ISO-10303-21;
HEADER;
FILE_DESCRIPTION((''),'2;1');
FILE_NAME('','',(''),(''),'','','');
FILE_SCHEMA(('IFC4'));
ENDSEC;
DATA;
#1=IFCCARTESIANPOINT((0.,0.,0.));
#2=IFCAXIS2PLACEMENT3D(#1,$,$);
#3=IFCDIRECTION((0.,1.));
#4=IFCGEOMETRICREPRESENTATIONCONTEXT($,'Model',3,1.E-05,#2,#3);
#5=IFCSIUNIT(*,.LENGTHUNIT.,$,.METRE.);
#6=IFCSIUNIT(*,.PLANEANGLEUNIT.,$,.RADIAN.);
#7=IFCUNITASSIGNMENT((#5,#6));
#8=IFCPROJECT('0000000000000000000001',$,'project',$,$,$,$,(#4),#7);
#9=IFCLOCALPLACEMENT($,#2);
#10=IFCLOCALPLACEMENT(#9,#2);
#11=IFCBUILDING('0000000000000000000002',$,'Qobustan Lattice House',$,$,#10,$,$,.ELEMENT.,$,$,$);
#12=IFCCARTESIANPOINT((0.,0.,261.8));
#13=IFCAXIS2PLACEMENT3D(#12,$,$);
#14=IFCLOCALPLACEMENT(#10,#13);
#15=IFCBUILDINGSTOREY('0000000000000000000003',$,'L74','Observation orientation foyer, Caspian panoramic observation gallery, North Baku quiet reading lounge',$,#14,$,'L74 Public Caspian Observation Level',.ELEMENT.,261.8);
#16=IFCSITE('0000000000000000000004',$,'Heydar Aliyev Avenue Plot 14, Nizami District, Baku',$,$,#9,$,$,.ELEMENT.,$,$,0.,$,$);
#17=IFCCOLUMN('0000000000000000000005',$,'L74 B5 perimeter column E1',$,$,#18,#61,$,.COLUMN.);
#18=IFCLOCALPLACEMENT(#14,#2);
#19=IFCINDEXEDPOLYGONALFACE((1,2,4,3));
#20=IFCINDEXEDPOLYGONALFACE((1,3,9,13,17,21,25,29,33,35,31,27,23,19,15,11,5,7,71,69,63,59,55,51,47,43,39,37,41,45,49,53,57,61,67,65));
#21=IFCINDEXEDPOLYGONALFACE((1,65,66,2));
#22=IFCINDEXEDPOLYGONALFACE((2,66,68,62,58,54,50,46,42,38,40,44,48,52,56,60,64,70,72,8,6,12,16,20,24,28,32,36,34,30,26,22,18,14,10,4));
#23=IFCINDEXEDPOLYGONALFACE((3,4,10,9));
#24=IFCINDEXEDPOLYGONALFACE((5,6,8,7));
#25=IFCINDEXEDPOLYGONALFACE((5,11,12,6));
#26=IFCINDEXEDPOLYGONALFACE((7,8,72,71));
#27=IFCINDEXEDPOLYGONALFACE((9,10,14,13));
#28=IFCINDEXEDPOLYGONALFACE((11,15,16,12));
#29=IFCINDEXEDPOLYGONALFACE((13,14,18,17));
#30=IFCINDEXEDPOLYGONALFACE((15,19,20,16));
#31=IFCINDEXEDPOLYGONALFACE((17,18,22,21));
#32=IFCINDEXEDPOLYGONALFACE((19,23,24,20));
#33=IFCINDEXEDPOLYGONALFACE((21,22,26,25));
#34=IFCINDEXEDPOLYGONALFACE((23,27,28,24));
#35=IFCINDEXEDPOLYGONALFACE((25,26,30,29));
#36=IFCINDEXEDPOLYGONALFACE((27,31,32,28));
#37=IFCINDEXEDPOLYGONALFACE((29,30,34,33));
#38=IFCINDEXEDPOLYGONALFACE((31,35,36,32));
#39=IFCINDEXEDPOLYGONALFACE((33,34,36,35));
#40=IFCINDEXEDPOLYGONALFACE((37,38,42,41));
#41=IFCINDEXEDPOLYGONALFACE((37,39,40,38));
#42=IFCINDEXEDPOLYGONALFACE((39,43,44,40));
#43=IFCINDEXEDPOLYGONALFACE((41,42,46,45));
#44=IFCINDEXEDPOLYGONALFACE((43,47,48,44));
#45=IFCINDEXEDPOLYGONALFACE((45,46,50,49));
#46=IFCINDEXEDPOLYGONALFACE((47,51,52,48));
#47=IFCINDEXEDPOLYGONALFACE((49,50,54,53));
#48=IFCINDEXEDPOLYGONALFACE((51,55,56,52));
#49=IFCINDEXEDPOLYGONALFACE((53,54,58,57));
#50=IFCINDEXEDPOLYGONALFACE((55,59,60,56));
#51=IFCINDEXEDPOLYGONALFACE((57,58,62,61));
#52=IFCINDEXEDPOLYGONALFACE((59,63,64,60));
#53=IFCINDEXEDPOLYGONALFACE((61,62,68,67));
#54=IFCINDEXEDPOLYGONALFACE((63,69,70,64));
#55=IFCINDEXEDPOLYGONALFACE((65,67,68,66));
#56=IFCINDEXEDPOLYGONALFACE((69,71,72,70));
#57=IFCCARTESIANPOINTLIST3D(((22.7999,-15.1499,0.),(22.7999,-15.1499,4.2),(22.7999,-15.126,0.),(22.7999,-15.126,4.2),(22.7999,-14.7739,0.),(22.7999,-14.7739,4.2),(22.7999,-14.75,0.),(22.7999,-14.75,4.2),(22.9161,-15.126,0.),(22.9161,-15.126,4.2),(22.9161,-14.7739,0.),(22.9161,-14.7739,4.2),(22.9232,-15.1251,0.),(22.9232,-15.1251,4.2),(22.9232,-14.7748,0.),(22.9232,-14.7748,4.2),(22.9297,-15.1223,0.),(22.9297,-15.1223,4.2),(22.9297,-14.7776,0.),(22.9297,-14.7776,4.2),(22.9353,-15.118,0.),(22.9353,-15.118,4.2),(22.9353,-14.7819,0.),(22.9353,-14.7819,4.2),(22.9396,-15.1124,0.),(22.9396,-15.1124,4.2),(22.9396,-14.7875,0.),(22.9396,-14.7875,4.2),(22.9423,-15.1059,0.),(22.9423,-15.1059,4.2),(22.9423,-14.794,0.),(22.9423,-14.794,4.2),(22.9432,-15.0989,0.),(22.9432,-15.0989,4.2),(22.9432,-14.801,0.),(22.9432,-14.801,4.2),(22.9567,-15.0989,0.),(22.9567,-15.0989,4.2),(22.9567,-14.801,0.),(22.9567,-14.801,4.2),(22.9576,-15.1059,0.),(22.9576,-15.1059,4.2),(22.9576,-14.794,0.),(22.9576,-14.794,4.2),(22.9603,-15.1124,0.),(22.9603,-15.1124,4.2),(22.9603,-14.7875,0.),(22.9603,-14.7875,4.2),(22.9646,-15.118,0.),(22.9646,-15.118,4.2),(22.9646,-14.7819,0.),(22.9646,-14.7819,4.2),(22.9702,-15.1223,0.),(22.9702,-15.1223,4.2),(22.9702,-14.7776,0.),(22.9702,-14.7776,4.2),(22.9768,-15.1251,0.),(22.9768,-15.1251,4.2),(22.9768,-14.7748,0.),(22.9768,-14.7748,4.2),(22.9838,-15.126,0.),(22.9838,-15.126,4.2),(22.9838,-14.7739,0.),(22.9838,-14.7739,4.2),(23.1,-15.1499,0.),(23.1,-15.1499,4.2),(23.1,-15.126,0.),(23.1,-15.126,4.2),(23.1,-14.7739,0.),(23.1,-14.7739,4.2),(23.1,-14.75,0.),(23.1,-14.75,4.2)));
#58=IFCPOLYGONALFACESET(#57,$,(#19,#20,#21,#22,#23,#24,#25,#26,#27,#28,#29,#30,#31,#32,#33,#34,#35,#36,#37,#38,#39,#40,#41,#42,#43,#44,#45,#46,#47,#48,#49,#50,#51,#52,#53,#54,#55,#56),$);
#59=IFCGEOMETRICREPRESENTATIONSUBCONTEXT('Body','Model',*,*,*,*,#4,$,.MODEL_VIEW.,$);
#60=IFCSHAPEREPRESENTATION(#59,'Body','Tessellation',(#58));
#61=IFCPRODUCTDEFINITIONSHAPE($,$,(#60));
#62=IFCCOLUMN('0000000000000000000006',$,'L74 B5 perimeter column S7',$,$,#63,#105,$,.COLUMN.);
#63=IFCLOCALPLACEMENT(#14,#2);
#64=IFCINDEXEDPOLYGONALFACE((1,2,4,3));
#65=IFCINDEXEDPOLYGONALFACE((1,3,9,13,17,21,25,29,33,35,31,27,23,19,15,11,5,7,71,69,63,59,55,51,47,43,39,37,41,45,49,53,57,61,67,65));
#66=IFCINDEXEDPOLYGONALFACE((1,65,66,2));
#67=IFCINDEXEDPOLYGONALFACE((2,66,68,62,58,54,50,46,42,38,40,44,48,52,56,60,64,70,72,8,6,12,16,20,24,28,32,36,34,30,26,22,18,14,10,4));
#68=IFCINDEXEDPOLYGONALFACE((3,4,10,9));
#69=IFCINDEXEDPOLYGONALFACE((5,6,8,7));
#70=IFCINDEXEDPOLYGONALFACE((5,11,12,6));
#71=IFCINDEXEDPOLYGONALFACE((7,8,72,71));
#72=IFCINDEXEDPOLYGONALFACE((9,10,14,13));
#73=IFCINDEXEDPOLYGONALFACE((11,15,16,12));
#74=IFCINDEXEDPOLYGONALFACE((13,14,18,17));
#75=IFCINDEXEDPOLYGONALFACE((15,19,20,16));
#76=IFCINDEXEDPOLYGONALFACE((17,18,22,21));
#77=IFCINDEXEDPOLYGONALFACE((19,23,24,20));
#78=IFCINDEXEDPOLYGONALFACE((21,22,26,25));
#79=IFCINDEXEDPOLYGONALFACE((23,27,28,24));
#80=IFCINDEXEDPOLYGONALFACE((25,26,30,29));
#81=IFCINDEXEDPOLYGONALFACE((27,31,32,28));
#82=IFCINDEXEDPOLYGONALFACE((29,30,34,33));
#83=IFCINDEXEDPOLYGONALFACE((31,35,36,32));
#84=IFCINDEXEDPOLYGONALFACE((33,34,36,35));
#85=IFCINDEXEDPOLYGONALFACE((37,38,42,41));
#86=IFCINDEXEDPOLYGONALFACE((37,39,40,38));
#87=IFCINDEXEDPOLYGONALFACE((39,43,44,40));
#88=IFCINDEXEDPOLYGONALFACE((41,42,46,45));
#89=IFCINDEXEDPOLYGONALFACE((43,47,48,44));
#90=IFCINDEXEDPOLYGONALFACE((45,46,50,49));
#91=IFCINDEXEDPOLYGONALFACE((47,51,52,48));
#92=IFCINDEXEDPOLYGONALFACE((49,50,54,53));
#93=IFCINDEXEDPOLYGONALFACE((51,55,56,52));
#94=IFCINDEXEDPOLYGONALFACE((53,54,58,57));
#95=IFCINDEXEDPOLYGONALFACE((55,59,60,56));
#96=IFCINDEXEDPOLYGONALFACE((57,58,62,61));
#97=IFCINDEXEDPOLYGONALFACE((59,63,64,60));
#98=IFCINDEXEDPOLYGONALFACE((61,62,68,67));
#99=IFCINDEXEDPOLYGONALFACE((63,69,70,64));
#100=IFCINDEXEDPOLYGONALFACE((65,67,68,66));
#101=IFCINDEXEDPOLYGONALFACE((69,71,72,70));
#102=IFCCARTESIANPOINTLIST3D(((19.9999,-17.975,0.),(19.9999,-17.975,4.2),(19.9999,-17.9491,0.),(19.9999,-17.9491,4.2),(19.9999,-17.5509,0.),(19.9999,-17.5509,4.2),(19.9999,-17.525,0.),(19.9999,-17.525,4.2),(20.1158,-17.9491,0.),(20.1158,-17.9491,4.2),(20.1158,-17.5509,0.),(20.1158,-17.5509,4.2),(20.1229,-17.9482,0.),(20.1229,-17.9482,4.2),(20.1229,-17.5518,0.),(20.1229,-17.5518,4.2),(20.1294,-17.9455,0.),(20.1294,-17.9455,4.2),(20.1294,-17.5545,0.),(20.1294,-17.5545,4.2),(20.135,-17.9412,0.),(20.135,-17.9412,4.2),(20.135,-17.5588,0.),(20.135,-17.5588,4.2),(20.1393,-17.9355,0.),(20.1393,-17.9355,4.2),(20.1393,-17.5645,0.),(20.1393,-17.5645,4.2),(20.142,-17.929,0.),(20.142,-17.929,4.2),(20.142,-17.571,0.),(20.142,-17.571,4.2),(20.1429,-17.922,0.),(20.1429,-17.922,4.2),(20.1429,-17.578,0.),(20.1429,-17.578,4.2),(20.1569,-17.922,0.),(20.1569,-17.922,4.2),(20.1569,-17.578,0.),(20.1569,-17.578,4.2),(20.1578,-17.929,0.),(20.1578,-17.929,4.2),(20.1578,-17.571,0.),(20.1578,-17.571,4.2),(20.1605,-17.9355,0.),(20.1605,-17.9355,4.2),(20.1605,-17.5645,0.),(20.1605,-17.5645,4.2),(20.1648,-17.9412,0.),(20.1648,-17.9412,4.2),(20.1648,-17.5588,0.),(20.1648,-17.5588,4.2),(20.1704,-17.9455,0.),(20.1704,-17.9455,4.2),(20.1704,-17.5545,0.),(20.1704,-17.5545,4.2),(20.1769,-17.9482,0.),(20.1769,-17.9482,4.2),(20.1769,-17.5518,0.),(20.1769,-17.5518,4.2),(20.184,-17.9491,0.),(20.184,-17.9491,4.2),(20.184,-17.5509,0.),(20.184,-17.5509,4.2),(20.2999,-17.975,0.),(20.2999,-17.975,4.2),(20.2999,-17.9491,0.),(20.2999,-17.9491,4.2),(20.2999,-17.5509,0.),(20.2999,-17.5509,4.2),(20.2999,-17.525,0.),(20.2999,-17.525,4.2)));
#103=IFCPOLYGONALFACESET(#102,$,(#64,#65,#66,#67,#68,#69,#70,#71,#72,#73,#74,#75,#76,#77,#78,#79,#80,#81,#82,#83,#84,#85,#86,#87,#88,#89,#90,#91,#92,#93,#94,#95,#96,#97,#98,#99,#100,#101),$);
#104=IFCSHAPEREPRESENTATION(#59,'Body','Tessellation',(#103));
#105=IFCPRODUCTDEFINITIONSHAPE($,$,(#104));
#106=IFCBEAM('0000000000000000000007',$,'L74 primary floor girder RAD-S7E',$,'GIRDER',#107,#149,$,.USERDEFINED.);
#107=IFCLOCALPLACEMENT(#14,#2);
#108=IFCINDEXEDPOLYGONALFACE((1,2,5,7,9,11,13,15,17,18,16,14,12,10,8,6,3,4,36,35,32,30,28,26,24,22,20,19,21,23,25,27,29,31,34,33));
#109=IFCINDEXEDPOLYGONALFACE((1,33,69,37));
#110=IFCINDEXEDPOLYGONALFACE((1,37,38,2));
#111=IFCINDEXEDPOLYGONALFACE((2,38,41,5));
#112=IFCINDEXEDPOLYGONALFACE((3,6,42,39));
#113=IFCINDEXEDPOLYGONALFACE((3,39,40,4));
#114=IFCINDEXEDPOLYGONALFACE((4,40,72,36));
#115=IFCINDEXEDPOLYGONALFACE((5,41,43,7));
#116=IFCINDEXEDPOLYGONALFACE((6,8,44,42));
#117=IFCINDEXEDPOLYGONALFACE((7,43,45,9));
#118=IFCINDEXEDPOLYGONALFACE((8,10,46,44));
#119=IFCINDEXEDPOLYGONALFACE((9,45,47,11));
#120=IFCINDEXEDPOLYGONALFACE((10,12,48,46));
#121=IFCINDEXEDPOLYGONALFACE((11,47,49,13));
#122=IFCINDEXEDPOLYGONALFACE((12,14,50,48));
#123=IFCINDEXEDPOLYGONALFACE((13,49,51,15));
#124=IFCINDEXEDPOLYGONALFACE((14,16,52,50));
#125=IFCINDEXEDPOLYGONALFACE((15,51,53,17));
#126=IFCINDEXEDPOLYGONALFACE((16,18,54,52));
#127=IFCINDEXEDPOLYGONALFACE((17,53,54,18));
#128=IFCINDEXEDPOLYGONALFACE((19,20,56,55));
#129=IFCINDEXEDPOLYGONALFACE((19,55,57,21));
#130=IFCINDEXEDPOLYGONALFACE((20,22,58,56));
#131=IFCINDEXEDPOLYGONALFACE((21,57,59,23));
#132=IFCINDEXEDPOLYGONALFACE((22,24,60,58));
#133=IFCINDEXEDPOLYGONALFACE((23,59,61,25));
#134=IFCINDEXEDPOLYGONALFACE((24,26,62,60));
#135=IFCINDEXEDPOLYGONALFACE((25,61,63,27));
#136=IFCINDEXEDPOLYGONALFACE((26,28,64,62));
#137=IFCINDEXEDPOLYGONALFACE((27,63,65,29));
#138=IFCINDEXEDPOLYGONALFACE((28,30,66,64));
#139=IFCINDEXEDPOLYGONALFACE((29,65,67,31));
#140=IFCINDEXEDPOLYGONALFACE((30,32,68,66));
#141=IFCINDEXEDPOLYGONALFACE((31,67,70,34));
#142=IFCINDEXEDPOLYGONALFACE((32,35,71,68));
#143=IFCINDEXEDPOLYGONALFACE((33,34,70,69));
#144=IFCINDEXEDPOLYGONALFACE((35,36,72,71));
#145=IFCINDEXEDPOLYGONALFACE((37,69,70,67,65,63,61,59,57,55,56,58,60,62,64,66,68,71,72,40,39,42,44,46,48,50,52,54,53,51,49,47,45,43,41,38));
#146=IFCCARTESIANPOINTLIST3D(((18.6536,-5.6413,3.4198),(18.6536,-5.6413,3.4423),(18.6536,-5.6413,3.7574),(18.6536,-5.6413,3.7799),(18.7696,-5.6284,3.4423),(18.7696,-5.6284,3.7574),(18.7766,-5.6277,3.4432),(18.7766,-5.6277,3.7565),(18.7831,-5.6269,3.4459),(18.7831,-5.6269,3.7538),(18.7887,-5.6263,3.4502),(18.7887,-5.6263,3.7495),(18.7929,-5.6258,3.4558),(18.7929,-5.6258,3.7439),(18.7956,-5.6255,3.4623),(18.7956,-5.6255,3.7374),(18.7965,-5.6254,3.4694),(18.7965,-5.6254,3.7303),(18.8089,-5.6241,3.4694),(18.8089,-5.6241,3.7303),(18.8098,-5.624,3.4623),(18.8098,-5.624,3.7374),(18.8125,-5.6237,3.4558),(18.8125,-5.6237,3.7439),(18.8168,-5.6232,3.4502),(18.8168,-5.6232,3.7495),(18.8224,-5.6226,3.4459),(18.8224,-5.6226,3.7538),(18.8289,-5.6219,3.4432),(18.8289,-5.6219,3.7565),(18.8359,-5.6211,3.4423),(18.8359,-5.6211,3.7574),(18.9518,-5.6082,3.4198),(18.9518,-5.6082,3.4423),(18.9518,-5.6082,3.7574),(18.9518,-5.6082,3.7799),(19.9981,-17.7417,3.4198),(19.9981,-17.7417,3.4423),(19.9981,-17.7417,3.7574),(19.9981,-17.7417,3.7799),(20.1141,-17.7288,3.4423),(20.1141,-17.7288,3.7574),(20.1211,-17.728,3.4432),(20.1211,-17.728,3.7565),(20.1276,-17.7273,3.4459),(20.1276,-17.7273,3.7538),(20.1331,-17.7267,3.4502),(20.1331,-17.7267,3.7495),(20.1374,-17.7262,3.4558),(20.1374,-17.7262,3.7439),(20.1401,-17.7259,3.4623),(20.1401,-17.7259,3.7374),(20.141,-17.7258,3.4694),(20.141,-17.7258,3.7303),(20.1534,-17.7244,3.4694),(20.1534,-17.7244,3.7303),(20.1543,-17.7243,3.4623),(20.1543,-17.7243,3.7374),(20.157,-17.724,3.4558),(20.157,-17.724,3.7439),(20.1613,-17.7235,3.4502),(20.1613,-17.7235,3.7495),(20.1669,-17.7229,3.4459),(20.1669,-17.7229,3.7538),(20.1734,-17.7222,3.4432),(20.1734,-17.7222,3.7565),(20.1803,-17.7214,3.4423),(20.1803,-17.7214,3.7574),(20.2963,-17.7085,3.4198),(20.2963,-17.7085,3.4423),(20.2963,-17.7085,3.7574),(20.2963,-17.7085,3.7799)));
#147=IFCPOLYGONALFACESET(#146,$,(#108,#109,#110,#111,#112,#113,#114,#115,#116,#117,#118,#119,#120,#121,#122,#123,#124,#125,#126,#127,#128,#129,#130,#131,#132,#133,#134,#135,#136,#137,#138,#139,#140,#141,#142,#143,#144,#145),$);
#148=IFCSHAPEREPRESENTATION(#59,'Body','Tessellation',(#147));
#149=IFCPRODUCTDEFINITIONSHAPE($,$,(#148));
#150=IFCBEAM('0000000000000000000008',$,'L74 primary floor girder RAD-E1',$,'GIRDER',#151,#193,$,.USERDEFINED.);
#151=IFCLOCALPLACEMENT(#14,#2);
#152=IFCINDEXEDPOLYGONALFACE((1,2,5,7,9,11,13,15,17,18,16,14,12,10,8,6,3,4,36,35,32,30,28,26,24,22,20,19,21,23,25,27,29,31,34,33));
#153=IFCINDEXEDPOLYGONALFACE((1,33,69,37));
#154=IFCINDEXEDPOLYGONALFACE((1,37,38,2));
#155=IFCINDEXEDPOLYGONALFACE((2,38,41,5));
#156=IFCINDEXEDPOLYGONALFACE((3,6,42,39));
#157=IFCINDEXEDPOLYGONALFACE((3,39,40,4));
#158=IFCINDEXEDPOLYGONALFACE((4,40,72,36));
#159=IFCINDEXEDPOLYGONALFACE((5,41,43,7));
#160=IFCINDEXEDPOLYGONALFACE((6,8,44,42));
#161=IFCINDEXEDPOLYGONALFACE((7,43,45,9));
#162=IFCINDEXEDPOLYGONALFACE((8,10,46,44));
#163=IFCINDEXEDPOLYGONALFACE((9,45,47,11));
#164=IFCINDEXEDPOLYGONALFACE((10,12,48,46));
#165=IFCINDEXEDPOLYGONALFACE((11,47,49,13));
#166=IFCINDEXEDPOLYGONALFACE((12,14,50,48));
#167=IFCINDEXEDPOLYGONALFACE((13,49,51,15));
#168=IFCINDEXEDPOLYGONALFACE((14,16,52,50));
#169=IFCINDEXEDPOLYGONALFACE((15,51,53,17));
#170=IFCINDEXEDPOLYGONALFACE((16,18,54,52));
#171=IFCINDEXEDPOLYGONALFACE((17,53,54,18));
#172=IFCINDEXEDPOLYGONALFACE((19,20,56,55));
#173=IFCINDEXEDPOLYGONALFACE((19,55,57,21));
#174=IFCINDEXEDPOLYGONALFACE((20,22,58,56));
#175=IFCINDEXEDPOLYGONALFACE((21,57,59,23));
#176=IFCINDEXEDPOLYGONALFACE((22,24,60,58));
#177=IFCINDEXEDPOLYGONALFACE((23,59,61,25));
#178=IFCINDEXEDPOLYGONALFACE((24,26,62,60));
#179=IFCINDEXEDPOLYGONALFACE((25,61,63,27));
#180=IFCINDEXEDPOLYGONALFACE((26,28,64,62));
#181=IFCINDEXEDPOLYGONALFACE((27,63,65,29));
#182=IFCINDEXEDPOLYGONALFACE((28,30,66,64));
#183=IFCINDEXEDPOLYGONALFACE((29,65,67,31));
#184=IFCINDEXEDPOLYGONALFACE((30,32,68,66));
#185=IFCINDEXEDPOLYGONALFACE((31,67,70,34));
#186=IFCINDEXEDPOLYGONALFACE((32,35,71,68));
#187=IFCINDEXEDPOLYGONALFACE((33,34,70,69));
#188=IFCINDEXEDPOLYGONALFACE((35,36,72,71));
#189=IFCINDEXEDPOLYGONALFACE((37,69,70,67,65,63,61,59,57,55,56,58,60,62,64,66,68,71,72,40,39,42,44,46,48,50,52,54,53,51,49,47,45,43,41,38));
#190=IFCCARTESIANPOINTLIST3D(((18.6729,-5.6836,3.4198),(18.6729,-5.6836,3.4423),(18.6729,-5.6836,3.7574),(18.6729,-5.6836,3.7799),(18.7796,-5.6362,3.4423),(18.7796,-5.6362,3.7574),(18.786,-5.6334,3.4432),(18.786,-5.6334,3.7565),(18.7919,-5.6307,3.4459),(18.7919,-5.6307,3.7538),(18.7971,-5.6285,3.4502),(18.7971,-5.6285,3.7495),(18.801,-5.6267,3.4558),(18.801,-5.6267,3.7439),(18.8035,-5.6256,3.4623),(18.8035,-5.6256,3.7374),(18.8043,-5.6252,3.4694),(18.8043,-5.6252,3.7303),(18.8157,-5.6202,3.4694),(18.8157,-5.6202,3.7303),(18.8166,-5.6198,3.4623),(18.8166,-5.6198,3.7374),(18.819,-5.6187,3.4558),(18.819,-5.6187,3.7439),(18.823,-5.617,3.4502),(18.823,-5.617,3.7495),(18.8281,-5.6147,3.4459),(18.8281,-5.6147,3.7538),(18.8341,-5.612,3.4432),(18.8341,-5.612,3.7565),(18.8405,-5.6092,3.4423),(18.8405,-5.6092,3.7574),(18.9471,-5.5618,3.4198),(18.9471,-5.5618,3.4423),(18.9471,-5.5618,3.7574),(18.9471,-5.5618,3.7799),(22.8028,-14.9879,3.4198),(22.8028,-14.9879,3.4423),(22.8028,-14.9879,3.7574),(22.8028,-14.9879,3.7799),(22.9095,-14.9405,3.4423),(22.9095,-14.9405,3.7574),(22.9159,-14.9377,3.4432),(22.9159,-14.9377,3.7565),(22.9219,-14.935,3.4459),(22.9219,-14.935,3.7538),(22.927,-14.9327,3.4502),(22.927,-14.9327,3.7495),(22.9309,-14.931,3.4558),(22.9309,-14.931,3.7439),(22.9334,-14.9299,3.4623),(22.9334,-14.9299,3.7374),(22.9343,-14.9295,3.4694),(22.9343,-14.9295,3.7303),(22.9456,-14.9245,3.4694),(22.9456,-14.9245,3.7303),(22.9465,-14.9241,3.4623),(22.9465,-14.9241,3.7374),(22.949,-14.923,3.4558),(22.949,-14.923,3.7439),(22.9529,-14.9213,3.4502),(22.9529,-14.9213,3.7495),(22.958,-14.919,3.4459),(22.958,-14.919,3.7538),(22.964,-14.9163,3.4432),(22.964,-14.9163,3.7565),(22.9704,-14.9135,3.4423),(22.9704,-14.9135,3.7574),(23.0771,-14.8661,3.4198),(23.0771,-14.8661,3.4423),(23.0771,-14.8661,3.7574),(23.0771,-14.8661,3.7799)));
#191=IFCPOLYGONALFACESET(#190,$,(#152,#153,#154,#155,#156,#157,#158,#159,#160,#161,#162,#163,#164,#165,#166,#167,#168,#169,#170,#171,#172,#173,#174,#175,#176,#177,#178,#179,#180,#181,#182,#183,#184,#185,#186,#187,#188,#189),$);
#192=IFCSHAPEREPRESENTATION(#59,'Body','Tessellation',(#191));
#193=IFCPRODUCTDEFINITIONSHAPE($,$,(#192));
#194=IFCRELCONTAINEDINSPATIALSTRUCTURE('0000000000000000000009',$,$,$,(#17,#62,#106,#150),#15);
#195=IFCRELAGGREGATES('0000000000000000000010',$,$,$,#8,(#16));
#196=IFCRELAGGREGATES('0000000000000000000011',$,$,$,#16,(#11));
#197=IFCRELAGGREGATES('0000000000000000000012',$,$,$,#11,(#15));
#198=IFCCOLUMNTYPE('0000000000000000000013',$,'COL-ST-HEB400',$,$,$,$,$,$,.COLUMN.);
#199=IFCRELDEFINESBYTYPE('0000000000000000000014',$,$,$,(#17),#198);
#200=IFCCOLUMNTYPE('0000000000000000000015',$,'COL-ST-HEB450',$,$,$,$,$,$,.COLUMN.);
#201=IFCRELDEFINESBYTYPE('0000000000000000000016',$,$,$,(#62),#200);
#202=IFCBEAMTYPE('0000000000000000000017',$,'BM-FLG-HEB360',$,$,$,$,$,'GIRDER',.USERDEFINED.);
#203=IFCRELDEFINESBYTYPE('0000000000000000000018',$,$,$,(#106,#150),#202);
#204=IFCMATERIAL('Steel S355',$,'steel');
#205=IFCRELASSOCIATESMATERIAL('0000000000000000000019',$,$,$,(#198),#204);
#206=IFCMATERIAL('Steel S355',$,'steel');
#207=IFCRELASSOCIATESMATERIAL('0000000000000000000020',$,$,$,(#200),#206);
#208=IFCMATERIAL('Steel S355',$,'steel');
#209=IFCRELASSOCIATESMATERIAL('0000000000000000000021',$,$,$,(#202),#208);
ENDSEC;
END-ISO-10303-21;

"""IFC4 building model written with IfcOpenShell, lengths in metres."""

from ifc_helpers import new_model, si_unit, direction, frame, origin, origin_2d, place, context, subcontext, project, spatial, i_section, extrude, material, material_profile, profile_set, type_object, element, save


model = new_model("IFC4")

# Units and contexts
model_context = context("Model", 3, precision=1e-05, world=origin(), true_north=direction((0.0, 1.0)))
body_context = subcontext(model_context, "Body", "Model", "MODEL_VIEW")
ifc_project = project(units=[si_unit("LENGTHUNIT", "METRE"), si_unit("PLANEANGLEUNIT", "RADIAN")], contexts=[model_context])

# Site, building, storey
site_placement = place(None, origin())
site = spatial("IfcSite", under=ifc_project, at=site_placement, Name="Heydar Aliyev Avenue Plot 14, Nizami District, Baku", CompositionType="ELEMENT", RefElevation=0.0)
building_placement = place(site_placement, origin())
building = spatial("IfcBuilding", under=site, at=building_placement, Name="Qobustan Lattice House", CompositionType="ELEMENT")
storey_placement = place(building_placement, frame((0.0, 0.0, 261.8)))
storey = spatial("IfcBuildingStorey", under=building, at=storey_placement, Name="L74", Description="Observation orientation foyer, Caspian panoramic observation gallery, North Baku quiet reading lounge", LongName="L74 Public Caspian Observation Level", CompositionType="ELEMENT", Elevation=261.8)

# Columns
ifc_material_1 = material(Name="Steel S355", Category="steel")
ifc_material_profile_1 = material_profile(ifc_material_1, i_section(OverallWidth=0.3, OverallDepth=0.3999, WebThickness=0.0134, FlangeThickness=0.0239, FilletRadius=0.0271, at=origin_2d()), Name="HEB400")
ifc_profile_set_1 = profile_set([ifc_material_profile_1], Name="Steel S355")
column_type_1 = type_object("IfcColumnType", Name="COL-ST-HEB400", PredefinedType="COLUMN", material=ifc_profile_set_1)
column_1_placement = place(storey_placement, frame((22.95, -14.95, 0.0), z_axis=(0.0, 0.0, 1.0), x_axis=(1.0, 0.0, 0.0)))
element("IfcColumn", 1, at=column_1_placement, inside=storey, type_object=column_type_1, Name="L74 B5 perimeter column E1", PredefinedType="COLUMN", context=body_context, shape_type="SweptSolid", body=[
    extrude(i_section(OverallWidth=0.3, OverallDepth=0.3999, WebThickness=0.0134, FlangeThickness=0.0239, FilletRadius=0.0271, at=origin_2d()), origin(), (0.0, 0.0, 1.0), 4.2),
])
ifc_material_2 = material(Name="Steel S355", Category="steel")
ifc_material_profile_2 = material_profile(ifc_material_2, i_section(OverallWidth=0.3, OverallDepth=0.45, WebThickness=0.0139, FlangeThickness=0.0259, FilletRadius=0.0271, at=origin_2d()), Name="HEB450")
ifc_profile_set_2 = profile_set([ifc_material_profile_2], Name="Steel S355")
column_type_2 = type_object("IfcColumnType", Name="COL-ST-HEB450", PredefinedType="COLUMN", material=ifc_profile_set_2)
column_2_placement = place(storey_placement, frame((20.1499, -17.75, 0.0), z_axis=(0.0, 0.0, 1.0), x_axis=(1.0, 0.0, 0.0)))
element("IfcColumn", 2, at=column_2_placement, inside=storey, type_object=column_type_2, Name="L74 B5 perimeter column S7", PredefinedType="COLUMN", context=body_context, shape_type="SweptSolid", body=[
    extrude(i_section(OverallWidth=0.3, OverallDepth=0.45, WebThickness=0.0139, FlangeThickness=0.0259, FilletRadius=0.0271, at=origin_2d()), origin(), (0.0, 0.0, 1.0), 4.2),
])

# Beams
ifc_material_3 = material(Name="Steel S355", Category="steel")
ifc_material_profile_3 = material_profile(ifc_material_3, i_section(OverallWidth=0.3, OverallDepth=0.3601, WebThickness=0.0125, FlangeThickness=0.0225, FilletRadius=0.0271, at=origin_2d()), Name="HEB360")
ifc_profile_set_3 = profile_set([ifc_material_profile_3], Name="Steel S355")
beam_type_1 = type_object("IfcBeamType", Name="BM-FLG-HEB360", ElementType="GIRDER", PredefinedType="USERDEFINED", material=ifc_profile_set_3)
beam_1_placement = place(storey_placement, frame((20.1472, -17.7251, 3.5999), z_axis=(-0.110432, 0.993884, 0.0), x_axis=(-0.993884, -0.110432, 0.0)))
element("IfcBeam", 3, at=beam_1_placement, inside=storey, type_object=beam_type_1, Name="L74 primary floor girder RAD-S7E", ObjectType="GIRDER", PredefinedType="USERDEFINED", context=body_context, shape_type="SweptSolid", body=[
    extrude(i_section(OverallWidth=0.3, OverallDepth=0.3601, WebThickness=0.0125, FlangeThickness=0.0225, FilletRadius=0.0271, at=origin_2d()), origin(), (0.0, 0.0, 1.0), 12.1748),
])
beam_2_placement = place(storey_placement, frame((22.9399, -14.927, 3.5999), z_axis=(-0.405702, 0.914005, 0.0), x_axis=(-0.914005, -0.405702, 0.0)))
element("IfcBeam", 4, at=beam_2_placement, inside=storey, type_object=beam_type_1, Name="L74 primary floor girder RAD-E1", ObjectType="GIRDER", PredefinedType="USERDEFINED", context=body_context, shape_type="SweptSolid", body=[
    extrude(i_section(OverallWidth=0.3, OverallDepth=0.3601, WebThickness=0.0125, FlangeThickness=0.0225, FilletRadius=0.0271, at=origin_2d()), origin(), (0.0, 0.0, 1.0), 10.1797),
])

save(model, "model.ifc")
